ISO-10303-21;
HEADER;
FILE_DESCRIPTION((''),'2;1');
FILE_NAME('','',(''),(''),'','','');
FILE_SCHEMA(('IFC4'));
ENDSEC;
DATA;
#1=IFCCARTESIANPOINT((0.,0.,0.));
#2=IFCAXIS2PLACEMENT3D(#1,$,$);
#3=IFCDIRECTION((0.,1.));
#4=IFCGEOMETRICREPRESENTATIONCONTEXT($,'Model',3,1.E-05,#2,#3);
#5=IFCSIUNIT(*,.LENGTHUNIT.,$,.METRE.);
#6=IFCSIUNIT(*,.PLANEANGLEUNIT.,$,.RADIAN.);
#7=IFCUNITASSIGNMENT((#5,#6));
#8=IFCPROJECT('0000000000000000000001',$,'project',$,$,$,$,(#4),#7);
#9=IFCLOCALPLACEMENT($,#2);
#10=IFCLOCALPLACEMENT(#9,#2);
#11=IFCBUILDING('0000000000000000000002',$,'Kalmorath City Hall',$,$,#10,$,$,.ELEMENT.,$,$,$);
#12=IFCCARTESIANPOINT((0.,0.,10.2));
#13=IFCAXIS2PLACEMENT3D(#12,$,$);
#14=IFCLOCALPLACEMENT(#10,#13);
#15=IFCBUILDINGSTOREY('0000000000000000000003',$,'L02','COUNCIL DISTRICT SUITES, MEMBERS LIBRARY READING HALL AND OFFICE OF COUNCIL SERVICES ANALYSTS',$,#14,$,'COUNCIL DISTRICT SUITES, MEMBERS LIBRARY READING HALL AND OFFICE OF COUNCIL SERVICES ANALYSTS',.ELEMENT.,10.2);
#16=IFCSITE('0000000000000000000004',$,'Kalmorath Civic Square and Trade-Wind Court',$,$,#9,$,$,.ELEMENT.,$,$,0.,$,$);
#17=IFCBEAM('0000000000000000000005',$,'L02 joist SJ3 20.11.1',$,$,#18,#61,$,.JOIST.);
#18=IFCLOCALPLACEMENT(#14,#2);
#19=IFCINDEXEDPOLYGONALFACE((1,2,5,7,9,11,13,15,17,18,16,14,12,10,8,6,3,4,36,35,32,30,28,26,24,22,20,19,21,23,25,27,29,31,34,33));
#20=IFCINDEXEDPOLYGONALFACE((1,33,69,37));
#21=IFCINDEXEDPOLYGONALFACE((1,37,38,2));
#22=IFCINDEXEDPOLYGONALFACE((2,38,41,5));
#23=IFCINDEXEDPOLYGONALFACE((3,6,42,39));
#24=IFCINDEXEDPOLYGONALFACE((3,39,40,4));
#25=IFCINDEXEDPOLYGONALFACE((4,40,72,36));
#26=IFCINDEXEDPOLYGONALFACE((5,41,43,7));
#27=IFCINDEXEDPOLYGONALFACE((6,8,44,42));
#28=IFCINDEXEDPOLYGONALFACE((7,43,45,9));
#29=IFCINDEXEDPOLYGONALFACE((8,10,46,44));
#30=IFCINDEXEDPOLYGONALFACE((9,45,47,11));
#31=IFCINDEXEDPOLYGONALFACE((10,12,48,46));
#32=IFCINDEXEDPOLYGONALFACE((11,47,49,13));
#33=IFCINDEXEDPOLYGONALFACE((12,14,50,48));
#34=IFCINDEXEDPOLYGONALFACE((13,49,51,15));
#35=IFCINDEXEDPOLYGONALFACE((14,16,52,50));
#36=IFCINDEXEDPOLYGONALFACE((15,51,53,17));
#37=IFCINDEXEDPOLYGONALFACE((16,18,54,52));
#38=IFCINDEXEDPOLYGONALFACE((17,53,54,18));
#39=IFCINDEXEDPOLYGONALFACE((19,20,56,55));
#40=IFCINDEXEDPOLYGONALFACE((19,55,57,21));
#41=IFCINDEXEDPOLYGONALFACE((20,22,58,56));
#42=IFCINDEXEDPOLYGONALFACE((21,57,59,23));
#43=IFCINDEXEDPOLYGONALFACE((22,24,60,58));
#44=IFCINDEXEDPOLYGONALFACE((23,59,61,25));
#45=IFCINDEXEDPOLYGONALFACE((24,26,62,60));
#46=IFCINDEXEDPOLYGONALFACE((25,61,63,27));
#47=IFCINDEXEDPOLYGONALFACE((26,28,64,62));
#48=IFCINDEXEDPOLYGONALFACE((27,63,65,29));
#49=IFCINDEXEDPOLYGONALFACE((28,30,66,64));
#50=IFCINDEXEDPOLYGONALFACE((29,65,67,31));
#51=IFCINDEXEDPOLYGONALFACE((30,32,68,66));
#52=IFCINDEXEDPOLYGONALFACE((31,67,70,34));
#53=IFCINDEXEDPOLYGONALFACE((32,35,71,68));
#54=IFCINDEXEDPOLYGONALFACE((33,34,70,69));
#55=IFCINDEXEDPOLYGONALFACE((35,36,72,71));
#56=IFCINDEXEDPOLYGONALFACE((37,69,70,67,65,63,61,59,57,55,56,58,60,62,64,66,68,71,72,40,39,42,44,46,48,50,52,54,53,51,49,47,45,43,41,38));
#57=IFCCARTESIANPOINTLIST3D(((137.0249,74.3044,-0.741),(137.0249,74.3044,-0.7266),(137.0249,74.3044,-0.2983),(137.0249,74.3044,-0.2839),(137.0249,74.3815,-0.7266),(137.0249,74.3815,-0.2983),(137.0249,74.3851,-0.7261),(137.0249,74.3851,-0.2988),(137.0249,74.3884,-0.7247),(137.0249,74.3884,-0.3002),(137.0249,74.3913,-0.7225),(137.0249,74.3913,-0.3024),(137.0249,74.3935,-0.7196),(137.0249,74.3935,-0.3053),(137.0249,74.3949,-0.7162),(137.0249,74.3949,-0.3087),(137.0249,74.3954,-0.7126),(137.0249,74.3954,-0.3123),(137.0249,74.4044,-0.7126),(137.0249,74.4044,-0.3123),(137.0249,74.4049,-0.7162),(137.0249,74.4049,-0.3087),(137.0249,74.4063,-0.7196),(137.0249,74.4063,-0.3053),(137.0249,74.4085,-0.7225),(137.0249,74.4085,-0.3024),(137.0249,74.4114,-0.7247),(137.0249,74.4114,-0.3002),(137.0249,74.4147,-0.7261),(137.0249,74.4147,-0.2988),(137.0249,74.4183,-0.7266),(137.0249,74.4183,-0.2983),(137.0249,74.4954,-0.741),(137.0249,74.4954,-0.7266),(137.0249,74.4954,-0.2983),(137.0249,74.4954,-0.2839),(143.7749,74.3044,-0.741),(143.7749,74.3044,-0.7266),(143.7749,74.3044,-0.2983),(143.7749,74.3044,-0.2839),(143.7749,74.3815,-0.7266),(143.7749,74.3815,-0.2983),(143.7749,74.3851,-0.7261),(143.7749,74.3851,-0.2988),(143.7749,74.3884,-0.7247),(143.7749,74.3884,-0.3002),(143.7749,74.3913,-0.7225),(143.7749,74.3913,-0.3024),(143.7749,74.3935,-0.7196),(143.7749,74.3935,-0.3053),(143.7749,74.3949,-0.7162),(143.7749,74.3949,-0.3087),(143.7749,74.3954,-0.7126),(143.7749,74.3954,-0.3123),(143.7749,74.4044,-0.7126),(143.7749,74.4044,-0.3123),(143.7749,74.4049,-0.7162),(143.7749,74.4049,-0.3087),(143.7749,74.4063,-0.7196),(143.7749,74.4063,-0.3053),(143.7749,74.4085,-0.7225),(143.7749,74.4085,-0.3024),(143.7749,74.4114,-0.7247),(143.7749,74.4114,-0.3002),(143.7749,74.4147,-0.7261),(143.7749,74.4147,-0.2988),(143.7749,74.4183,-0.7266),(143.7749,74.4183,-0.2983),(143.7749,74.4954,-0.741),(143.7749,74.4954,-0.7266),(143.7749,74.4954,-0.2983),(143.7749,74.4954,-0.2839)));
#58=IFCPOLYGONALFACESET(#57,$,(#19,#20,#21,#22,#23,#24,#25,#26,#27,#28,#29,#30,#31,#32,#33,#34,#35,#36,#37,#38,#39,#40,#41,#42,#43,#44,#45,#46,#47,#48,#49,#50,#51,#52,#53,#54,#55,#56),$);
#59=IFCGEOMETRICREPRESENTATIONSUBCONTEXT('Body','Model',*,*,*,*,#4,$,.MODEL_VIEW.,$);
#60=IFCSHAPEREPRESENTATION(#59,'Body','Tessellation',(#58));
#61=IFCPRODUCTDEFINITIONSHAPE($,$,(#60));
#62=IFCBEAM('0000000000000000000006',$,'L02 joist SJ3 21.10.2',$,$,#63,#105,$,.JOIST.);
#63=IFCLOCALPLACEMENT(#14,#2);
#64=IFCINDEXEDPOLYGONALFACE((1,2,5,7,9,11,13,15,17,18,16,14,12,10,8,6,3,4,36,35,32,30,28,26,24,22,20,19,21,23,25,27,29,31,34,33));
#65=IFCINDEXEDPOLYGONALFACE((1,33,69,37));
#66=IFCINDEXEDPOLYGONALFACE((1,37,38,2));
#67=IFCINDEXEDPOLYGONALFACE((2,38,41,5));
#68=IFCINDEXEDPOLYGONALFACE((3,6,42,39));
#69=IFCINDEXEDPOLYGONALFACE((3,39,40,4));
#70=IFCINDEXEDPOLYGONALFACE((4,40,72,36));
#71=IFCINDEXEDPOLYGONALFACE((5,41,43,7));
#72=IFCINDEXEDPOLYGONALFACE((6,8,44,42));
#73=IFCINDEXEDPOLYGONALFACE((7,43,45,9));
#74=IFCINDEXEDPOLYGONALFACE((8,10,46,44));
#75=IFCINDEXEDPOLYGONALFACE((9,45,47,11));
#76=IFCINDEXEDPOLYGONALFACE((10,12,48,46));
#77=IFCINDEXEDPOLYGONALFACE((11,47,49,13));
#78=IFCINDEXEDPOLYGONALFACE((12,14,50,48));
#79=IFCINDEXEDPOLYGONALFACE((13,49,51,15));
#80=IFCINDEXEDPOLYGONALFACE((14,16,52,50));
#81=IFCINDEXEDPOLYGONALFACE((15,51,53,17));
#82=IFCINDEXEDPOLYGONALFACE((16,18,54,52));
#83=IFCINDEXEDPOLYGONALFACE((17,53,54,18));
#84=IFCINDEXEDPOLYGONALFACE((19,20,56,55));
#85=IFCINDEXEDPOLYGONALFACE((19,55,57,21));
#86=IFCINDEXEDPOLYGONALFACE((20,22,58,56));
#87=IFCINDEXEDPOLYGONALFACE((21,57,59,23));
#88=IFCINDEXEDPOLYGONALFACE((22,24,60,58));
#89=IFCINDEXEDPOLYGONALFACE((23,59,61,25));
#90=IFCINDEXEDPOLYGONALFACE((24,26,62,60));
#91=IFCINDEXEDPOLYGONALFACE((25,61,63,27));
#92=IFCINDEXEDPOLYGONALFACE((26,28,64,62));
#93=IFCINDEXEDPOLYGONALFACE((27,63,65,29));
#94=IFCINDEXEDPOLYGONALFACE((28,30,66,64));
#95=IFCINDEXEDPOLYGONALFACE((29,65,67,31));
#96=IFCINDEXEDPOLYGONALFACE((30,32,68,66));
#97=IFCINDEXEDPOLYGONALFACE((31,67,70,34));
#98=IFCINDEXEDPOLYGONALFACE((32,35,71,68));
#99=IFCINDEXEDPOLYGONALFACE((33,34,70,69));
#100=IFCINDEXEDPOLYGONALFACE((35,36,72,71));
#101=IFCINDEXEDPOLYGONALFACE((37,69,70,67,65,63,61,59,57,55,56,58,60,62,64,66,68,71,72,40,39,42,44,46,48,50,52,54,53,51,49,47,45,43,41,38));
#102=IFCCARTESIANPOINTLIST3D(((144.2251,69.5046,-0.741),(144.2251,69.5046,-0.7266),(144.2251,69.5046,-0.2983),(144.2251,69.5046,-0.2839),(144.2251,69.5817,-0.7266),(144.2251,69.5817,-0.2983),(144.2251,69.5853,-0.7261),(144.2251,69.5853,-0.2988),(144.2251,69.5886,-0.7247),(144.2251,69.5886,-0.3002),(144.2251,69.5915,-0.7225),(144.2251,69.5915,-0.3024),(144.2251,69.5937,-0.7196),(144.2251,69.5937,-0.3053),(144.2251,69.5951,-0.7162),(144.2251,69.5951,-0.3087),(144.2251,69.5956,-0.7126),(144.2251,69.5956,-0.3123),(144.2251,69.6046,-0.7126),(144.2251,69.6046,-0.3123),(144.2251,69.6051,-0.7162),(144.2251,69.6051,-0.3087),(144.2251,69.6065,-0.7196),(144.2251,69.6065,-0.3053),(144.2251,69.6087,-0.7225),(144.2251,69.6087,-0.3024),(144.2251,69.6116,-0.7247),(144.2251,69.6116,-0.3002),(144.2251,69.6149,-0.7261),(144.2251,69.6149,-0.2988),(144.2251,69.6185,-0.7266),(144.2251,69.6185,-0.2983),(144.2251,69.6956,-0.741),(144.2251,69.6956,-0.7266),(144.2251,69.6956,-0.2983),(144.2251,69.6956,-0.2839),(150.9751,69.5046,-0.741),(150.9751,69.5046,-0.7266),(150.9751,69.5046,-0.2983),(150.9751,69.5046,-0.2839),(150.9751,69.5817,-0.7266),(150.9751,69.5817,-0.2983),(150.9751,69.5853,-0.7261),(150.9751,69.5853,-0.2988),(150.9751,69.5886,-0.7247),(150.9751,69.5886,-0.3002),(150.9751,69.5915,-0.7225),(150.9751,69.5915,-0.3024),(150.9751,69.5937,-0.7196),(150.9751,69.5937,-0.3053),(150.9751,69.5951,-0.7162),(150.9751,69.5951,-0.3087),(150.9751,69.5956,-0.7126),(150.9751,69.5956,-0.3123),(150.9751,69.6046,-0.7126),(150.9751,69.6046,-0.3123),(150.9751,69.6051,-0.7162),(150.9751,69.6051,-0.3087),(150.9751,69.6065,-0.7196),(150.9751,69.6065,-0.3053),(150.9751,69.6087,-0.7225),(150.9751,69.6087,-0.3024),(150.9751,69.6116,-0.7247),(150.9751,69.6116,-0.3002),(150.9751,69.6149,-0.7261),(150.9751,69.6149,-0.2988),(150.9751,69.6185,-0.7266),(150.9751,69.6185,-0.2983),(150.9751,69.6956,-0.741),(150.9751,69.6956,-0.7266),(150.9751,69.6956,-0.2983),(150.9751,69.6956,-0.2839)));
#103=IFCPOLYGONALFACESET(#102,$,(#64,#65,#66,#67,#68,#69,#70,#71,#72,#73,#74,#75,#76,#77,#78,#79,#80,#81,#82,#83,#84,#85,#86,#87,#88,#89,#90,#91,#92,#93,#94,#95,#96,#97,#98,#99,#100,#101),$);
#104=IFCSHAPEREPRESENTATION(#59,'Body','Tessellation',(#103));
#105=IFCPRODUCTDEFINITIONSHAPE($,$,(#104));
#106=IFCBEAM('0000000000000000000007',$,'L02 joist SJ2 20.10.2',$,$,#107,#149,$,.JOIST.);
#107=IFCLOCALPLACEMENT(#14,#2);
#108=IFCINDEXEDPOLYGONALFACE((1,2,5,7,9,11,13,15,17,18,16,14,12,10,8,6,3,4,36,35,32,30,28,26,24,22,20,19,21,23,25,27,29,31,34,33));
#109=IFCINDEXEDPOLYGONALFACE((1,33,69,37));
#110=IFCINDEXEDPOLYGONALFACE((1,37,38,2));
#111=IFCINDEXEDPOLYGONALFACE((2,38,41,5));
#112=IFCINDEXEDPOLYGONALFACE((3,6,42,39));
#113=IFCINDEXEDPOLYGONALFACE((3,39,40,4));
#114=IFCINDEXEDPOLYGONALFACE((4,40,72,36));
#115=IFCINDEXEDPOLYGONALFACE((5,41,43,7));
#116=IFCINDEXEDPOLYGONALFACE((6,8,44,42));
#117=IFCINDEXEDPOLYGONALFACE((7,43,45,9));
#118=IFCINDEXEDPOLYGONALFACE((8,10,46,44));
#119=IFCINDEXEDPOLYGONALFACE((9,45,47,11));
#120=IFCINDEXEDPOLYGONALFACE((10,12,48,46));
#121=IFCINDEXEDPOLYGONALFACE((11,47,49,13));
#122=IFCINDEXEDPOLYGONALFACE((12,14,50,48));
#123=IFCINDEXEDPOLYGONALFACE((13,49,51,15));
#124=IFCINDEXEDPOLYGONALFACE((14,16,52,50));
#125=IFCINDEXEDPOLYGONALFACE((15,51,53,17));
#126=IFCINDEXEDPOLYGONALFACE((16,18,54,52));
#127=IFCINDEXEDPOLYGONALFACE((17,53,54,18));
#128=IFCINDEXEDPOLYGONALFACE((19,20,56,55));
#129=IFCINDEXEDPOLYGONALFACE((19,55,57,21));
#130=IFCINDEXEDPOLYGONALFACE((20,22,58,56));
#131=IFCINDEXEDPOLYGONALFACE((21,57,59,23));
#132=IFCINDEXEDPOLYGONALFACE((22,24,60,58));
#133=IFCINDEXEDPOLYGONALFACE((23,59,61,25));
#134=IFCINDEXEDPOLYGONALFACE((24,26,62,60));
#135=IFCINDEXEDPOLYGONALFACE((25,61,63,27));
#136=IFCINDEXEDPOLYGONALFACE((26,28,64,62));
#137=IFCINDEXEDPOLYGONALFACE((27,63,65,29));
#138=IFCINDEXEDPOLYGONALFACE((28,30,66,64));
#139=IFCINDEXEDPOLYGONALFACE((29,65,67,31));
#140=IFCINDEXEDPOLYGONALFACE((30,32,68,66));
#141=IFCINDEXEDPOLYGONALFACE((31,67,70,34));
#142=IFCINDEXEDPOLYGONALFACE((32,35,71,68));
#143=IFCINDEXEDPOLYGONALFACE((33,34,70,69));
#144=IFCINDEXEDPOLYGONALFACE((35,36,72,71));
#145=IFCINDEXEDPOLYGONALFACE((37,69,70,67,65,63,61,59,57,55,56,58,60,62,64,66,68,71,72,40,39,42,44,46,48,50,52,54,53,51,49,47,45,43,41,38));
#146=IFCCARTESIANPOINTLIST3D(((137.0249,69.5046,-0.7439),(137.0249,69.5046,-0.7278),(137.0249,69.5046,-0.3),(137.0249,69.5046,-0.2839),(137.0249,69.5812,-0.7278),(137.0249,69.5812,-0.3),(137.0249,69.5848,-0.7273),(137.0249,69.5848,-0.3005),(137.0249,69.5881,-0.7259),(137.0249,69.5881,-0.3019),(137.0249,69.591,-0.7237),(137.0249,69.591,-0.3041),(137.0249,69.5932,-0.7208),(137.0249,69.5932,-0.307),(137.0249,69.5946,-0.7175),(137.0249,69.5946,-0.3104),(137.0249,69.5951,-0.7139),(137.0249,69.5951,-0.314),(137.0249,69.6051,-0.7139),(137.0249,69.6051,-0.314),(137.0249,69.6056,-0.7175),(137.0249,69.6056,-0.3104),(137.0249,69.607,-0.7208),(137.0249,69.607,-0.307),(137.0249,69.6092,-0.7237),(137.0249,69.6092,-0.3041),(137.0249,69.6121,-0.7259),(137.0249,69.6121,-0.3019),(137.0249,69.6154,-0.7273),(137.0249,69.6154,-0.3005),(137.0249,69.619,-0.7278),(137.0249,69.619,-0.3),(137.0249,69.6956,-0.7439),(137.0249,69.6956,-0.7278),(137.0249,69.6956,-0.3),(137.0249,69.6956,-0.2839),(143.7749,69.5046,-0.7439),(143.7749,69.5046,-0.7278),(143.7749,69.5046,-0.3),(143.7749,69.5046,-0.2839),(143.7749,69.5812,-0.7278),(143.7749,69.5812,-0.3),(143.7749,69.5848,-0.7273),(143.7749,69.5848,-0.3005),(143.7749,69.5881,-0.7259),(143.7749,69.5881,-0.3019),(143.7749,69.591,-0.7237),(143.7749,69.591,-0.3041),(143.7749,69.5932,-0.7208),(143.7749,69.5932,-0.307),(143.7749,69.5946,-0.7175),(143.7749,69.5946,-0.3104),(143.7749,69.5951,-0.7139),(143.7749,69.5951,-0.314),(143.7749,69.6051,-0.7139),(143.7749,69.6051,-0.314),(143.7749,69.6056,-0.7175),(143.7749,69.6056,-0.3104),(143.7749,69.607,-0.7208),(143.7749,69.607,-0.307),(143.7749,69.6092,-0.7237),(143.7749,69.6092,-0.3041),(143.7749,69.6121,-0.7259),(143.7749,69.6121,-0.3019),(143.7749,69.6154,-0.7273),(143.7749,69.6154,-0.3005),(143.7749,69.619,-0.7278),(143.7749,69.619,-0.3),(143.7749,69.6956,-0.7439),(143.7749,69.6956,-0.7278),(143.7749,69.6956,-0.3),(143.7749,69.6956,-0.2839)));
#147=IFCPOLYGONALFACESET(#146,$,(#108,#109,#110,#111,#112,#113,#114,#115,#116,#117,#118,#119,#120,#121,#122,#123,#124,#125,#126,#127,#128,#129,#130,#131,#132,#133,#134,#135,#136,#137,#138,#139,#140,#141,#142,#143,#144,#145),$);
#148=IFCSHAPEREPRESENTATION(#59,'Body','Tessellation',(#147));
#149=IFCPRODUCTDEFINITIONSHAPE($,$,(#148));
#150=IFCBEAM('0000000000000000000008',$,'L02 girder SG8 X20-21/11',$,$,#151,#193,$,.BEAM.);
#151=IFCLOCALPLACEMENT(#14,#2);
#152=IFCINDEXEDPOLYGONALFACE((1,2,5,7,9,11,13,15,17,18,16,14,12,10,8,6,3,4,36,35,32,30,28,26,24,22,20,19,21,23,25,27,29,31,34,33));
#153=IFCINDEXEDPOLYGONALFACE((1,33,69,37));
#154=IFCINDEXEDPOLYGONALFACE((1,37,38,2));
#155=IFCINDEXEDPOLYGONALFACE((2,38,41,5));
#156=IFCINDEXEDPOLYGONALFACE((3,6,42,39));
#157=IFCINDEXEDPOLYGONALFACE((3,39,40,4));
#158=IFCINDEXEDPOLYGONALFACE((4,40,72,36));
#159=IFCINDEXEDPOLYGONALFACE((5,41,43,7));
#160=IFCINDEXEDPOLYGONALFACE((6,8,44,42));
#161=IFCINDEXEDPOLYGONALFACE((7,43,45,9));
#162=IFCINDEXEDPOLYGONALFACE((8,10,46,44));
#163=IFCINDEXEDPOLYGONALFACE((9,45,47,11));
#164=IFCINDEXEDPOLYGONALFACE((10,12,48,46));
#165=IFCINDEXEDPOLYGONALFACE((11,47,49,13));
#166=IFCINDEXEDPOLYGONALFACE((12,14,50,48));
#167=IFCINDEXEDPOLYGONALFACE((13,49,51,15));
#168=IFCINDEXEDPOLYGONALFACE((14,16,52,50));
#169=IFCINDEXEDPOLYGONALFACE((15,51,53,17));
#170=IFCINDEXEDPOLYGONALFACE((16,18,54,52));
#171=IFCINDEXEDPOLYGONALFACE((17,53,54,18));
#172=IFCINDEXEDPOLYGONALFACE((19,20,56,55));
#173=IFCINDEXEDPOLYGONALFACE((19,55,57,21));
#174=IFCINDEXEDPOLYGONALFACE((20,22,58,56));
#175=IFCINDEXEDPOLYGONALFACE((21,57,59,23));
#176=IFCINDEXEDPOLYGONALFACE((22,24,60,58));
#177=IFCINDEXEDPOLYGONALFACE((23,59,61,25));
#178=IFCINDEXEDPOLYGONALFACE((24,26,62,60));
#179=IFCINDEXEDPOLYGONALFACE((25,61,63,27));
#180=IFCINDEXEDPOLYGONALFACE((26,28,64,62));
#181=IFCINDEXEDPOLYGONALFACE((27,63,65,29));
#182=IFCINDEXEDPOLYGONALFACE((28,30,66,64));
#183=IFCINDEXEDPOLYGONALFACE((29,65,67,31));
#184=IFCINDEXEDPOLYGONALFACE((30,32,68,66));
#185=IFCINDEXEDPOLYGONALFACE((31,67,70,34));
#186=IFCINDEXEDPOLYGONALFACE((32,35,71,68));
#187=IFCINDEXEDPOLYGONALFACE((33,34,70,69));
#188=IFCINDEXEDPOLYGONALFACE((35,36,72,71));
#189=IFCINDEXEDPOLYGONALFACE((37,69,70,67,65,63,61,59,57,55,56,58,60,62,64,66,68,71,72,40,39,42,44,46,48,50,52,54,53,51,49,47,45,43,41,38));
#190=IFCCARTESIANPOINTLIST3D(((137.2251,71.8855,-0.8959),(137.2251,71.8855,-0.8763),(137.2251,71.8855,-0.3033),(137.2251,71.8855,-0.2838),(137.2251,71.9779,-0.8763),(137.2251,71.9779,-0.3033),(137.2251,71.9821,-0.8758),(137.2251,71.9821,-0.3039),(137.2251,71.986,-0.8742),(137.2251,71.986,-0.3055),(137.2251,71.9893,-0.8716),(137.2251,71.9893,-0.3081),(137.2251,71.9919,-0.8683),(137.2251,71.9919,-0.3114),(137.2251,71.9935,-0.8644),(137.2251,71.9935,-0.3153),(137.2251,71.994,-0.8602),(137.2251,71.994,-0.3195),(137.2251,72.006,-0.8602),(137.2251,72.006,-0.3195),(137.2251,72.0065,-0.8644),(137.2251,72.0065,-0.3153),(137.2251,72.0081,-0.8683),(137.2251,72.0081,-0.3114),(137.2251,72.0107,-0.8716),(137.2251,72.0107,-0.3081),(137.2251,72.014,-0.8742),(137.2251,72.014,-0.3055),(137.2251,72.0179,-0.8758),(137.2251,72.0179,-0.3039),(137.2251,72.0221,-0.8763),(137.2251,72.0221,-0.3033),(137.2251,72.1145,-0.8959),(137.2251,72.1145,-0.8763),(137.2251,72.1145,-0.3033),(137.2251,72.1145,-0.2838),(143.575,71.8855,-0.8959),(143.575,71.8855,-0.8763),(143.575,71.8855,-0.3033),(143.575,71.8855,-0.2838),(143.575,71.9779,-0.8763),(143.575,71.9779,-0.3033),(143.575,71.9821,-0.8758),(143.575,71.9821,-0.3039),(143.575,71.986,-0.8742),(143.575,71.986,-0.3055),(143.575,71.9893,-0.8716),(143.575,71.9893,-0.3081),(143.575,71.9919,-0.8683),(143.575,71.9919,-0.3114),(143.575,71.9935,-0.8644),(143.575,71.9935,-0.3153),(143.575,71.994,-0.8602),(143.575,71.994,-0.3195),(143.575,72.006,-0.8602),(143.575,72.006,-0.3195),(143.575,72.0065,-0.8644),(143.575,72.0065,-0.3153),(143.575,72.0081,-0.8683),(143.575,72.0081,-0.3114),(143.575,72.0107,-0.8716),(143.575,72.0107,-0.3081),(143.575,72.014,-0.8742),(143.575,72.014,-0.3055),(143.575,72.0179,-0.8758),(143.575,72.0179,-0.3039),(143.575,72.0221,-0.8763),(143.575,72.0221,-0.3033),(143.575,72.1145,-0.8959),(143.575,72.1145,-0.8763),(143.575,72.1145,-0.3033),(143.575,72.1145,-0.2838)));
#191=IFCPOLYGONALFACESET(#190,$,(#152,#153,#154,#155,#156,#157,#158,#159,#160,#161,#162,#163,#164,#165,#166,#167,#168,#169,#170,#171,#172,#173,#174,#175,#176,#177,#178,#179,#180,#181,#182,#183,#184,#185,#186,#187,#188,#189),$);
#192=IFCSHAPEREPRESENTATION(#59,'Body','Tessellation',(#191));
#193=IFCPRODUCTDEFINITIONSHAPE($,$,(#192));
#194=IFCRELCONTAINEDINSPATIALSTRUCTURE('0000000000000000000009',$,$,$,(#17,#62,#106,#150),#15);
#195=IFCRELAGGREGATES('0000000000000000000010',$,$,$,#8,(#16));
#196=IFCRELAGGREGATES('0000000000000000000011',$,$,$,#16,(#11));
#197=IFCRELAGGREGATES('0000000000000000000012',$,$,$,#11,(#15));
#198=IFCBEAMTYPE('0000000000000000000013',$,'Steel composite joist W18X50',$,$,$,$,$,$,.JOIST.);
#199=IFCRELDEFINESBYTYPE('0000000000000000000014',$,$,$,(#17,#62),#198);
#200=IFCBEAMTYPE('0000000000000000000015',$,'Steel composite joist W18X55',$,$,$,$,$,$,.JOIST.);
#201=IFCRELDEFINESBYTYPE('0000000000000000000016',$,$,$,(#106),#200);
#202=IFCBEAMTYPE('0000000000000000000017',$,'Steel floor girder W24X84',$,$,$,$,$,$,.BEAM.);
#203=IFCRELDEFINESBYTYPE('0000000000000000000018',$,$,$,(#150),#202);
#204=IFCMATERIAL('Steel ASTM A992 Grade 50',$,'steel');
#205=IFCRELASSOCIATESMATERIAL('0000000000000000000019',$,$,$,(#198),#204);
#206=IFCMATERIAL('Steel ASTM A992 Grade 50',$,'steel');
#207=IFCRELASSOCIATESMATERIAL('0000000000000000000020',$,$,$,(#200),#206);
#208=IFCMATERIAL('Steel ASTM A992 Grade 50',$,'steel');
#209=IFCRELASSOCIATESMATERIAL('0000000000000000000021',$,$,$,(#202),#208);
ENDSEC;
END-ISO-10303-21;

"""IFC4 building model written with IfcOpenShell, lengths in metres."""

from ifc_helpers import new_model, si_unit, direction, frame, origin, origin_2d, place, context, subcontext, project, spatial, i_section, extrude, material, material_profile, profile_set, type_object, element, save


model = new_model("IFC4")

# Units and contexts
model_context = context("Model", 3, precision=1e-05, world=origin(), true_north=direction((0.0, 1.0)))
body_context = subcontext(model_context, "Body", "Model", "MODEL_VIEW")
ifc_project = project(units=[si_unit("LENGTHUNIT", "METRE"), si_unit("PLANEANGLEUNIT", "RADIAN")], contexts=[model_context])

# Site, building, storey
site_placement = place(None, origin())
site = spatial("IfcSite", under=ifc_project, at=site_placement, Name="Kalmorath Civic Square and Trade-Wind Court", CompositionType="ELEMENT", RefElevation=0.0)
building_placement = place(site_placement, origin())
building = spatial("IfcBuilding", under=site, at=building_placement, Name="Kalmorath City Hall", CompositionType="ELEMENT")
storey_placement = place(building_placement, frame((0.0, 0.0, 10.2)))
storey = spatial("IfcBuildingStorey", under=building, at=storey_placement, Name="L02", Description="COUNCIL DISTRICT SUITES, MEMBERS LIBRARY READING HALL AND OFFICE OF COUNCIL SERVICES ANALYSTS", LongName="COUNCIL DISTRICT SUITES, MEMBERS LIBRARY READING HALL AND OFFICE OF COUNCIL SERVICES ANALYSTS", CompositionType="ELEMENT", Elevation=10.2)

# Beams
ifc_material_1 = material(Name="Steel ASTM A992 Grade 50", Category="steel")
ifc_material_profile_1 = material_profile(ifc_material_1, i_section(OverallWidth=0.1909, OverallDepth=0.457, WebThickness=0.009, FlangeThickness=0.0144, FilletRadius=0.0139, at=origin_2d()), Name="W18X50")
ifc_profile_set_1 = profile_set([ifc_material_profile_1], Name="Steel ASTM A992 Grade 50")
beam_type_1 = type_object("IfcBeamType", Name="Steel composite joist W18X50", PredefinedType="JOIST", material=ifc_profile_set_1)
for number, where, z_axis, x_axis, name in (
    (1, (137.0249, 74.3999, -0.5125), (1.0, 0.0, 0.0), (0.0, 1.0, 0.0), "L02 joist SJ3 20.11.1"),
    (2, (144.2251, 69.6001, -0.5125), (1.0, 0.0, 0.0), (0.0, 1.0, 0.0), "L02 joist SJ3 21.10.2"),
):
    element("IfcBeam", number, at=place(storey_placement, frame(where, z_axis=z_axis, x_axis=x_axis)), inside=storey, type_object=beam_type_1, Name=name, PredefinedType="JOIST", context=body_context, shape_type="SweptSolid", body=[
        extrude(i_section(OverallWidth=0.1909, OverallDepth=0.457, WebThickness=0.009, FlangeThickness=0.0144, FilletRadius=0.0139, at=origin_2d()), origin(), (0.0, 0.0, 1.0), 6.75),
    ])
ifc_material_2 = material(Name="Steel ASTM A992 Grade 50", Category="steel")
ifc_material_profile_2 = material_profile(ifc_material_2, i_section(OverallWidth=0.1909, OverallDepth=0.46, WebThickness=0.01, FlangeThickness=0.0161, FilletRadius=0.0139, at=origin_2d()), Name="W18X55")
ifc_profile_set_2 = profile_set([ifc_material_profile_2], Name="Steel ASTM A992 Grade 50")
beam_type_2 = type_object("IfcBeamType", Name="Steel composite joist W18X55", PredefinedType="JOIST", material=ifc_profile_set_2)
beam_1_placement = place(storey_placement, frame((137.0249, 69.6001, -0.5139), z_axis=(1.0, 0.0, 0.0), x_axis=(0.0, 1.0, 0.0)))
element("IfcBeam", 3, at=beam_1_placement, inside=storey, type_object=beam_type_2, Name="L02 joist SJ2 20.10.2", PredefinedType="JOIST", context=body_context, shape_type="SweptSolid", body=[
    extrude(i_section(OverallWidth=0.1909, OverallDepth=0.46, WebThickness=0.01, FlangeThickness=0.0161, FilletRadius=0.0139, at=origin_2d()), origin(), (0.0, 0.0, 1.0), 6.75),
])
ifc_material_3 = material(Name="Steel ASTM A992 Grade 50", Category="steel")
ifc_material_profile_3 = material_profile(ifc_material_3, i_section(OverallWidth=0.229, OverallDepth=0.6121, WebThickness=0.012, FlangeThickness=0.0195, FilletRadius=0.0161, at=origin_2d()), Name="W24X84")
ifc_profile_set_3 = profile_set([ifc_material_profile_3], Name="Steel ASTM A992 Grade 50")
beam_type_3 = type_object("IfcBeamType", Name="Steel floor girder W24X84", PredefinedType="BEAM", material=ifc_profile_set_3)
for number, where, z_axis, x_axis, name in (
    (4, (137.2251, 72.0, -0.5898), (1.0, 0.0, 0.0), (0.0, 1.0, 0.0), "L02 girder SG8 X20-21/11"),
):
    element("IfcBeam", number, at=place(storey_placement, frame(where, z_axis=z_axis, x_axis=x_axis)), inside=storey, type_object=beam_type_3, Name=name, PredefinedType="BEAM", context=body_context, shape_type="SweptSolid", body=[
        extrude(i_section(OverallWidth=0.229, OverallDepth=0.6121, WebThickness=0.012, FlangeThickness=0.0195, FilletRadius=0.0161, at=origin_2d()), origin(), (0.0, 0.0, 1.0), 6.3499),
    ])

save(model, "model.ifc")
